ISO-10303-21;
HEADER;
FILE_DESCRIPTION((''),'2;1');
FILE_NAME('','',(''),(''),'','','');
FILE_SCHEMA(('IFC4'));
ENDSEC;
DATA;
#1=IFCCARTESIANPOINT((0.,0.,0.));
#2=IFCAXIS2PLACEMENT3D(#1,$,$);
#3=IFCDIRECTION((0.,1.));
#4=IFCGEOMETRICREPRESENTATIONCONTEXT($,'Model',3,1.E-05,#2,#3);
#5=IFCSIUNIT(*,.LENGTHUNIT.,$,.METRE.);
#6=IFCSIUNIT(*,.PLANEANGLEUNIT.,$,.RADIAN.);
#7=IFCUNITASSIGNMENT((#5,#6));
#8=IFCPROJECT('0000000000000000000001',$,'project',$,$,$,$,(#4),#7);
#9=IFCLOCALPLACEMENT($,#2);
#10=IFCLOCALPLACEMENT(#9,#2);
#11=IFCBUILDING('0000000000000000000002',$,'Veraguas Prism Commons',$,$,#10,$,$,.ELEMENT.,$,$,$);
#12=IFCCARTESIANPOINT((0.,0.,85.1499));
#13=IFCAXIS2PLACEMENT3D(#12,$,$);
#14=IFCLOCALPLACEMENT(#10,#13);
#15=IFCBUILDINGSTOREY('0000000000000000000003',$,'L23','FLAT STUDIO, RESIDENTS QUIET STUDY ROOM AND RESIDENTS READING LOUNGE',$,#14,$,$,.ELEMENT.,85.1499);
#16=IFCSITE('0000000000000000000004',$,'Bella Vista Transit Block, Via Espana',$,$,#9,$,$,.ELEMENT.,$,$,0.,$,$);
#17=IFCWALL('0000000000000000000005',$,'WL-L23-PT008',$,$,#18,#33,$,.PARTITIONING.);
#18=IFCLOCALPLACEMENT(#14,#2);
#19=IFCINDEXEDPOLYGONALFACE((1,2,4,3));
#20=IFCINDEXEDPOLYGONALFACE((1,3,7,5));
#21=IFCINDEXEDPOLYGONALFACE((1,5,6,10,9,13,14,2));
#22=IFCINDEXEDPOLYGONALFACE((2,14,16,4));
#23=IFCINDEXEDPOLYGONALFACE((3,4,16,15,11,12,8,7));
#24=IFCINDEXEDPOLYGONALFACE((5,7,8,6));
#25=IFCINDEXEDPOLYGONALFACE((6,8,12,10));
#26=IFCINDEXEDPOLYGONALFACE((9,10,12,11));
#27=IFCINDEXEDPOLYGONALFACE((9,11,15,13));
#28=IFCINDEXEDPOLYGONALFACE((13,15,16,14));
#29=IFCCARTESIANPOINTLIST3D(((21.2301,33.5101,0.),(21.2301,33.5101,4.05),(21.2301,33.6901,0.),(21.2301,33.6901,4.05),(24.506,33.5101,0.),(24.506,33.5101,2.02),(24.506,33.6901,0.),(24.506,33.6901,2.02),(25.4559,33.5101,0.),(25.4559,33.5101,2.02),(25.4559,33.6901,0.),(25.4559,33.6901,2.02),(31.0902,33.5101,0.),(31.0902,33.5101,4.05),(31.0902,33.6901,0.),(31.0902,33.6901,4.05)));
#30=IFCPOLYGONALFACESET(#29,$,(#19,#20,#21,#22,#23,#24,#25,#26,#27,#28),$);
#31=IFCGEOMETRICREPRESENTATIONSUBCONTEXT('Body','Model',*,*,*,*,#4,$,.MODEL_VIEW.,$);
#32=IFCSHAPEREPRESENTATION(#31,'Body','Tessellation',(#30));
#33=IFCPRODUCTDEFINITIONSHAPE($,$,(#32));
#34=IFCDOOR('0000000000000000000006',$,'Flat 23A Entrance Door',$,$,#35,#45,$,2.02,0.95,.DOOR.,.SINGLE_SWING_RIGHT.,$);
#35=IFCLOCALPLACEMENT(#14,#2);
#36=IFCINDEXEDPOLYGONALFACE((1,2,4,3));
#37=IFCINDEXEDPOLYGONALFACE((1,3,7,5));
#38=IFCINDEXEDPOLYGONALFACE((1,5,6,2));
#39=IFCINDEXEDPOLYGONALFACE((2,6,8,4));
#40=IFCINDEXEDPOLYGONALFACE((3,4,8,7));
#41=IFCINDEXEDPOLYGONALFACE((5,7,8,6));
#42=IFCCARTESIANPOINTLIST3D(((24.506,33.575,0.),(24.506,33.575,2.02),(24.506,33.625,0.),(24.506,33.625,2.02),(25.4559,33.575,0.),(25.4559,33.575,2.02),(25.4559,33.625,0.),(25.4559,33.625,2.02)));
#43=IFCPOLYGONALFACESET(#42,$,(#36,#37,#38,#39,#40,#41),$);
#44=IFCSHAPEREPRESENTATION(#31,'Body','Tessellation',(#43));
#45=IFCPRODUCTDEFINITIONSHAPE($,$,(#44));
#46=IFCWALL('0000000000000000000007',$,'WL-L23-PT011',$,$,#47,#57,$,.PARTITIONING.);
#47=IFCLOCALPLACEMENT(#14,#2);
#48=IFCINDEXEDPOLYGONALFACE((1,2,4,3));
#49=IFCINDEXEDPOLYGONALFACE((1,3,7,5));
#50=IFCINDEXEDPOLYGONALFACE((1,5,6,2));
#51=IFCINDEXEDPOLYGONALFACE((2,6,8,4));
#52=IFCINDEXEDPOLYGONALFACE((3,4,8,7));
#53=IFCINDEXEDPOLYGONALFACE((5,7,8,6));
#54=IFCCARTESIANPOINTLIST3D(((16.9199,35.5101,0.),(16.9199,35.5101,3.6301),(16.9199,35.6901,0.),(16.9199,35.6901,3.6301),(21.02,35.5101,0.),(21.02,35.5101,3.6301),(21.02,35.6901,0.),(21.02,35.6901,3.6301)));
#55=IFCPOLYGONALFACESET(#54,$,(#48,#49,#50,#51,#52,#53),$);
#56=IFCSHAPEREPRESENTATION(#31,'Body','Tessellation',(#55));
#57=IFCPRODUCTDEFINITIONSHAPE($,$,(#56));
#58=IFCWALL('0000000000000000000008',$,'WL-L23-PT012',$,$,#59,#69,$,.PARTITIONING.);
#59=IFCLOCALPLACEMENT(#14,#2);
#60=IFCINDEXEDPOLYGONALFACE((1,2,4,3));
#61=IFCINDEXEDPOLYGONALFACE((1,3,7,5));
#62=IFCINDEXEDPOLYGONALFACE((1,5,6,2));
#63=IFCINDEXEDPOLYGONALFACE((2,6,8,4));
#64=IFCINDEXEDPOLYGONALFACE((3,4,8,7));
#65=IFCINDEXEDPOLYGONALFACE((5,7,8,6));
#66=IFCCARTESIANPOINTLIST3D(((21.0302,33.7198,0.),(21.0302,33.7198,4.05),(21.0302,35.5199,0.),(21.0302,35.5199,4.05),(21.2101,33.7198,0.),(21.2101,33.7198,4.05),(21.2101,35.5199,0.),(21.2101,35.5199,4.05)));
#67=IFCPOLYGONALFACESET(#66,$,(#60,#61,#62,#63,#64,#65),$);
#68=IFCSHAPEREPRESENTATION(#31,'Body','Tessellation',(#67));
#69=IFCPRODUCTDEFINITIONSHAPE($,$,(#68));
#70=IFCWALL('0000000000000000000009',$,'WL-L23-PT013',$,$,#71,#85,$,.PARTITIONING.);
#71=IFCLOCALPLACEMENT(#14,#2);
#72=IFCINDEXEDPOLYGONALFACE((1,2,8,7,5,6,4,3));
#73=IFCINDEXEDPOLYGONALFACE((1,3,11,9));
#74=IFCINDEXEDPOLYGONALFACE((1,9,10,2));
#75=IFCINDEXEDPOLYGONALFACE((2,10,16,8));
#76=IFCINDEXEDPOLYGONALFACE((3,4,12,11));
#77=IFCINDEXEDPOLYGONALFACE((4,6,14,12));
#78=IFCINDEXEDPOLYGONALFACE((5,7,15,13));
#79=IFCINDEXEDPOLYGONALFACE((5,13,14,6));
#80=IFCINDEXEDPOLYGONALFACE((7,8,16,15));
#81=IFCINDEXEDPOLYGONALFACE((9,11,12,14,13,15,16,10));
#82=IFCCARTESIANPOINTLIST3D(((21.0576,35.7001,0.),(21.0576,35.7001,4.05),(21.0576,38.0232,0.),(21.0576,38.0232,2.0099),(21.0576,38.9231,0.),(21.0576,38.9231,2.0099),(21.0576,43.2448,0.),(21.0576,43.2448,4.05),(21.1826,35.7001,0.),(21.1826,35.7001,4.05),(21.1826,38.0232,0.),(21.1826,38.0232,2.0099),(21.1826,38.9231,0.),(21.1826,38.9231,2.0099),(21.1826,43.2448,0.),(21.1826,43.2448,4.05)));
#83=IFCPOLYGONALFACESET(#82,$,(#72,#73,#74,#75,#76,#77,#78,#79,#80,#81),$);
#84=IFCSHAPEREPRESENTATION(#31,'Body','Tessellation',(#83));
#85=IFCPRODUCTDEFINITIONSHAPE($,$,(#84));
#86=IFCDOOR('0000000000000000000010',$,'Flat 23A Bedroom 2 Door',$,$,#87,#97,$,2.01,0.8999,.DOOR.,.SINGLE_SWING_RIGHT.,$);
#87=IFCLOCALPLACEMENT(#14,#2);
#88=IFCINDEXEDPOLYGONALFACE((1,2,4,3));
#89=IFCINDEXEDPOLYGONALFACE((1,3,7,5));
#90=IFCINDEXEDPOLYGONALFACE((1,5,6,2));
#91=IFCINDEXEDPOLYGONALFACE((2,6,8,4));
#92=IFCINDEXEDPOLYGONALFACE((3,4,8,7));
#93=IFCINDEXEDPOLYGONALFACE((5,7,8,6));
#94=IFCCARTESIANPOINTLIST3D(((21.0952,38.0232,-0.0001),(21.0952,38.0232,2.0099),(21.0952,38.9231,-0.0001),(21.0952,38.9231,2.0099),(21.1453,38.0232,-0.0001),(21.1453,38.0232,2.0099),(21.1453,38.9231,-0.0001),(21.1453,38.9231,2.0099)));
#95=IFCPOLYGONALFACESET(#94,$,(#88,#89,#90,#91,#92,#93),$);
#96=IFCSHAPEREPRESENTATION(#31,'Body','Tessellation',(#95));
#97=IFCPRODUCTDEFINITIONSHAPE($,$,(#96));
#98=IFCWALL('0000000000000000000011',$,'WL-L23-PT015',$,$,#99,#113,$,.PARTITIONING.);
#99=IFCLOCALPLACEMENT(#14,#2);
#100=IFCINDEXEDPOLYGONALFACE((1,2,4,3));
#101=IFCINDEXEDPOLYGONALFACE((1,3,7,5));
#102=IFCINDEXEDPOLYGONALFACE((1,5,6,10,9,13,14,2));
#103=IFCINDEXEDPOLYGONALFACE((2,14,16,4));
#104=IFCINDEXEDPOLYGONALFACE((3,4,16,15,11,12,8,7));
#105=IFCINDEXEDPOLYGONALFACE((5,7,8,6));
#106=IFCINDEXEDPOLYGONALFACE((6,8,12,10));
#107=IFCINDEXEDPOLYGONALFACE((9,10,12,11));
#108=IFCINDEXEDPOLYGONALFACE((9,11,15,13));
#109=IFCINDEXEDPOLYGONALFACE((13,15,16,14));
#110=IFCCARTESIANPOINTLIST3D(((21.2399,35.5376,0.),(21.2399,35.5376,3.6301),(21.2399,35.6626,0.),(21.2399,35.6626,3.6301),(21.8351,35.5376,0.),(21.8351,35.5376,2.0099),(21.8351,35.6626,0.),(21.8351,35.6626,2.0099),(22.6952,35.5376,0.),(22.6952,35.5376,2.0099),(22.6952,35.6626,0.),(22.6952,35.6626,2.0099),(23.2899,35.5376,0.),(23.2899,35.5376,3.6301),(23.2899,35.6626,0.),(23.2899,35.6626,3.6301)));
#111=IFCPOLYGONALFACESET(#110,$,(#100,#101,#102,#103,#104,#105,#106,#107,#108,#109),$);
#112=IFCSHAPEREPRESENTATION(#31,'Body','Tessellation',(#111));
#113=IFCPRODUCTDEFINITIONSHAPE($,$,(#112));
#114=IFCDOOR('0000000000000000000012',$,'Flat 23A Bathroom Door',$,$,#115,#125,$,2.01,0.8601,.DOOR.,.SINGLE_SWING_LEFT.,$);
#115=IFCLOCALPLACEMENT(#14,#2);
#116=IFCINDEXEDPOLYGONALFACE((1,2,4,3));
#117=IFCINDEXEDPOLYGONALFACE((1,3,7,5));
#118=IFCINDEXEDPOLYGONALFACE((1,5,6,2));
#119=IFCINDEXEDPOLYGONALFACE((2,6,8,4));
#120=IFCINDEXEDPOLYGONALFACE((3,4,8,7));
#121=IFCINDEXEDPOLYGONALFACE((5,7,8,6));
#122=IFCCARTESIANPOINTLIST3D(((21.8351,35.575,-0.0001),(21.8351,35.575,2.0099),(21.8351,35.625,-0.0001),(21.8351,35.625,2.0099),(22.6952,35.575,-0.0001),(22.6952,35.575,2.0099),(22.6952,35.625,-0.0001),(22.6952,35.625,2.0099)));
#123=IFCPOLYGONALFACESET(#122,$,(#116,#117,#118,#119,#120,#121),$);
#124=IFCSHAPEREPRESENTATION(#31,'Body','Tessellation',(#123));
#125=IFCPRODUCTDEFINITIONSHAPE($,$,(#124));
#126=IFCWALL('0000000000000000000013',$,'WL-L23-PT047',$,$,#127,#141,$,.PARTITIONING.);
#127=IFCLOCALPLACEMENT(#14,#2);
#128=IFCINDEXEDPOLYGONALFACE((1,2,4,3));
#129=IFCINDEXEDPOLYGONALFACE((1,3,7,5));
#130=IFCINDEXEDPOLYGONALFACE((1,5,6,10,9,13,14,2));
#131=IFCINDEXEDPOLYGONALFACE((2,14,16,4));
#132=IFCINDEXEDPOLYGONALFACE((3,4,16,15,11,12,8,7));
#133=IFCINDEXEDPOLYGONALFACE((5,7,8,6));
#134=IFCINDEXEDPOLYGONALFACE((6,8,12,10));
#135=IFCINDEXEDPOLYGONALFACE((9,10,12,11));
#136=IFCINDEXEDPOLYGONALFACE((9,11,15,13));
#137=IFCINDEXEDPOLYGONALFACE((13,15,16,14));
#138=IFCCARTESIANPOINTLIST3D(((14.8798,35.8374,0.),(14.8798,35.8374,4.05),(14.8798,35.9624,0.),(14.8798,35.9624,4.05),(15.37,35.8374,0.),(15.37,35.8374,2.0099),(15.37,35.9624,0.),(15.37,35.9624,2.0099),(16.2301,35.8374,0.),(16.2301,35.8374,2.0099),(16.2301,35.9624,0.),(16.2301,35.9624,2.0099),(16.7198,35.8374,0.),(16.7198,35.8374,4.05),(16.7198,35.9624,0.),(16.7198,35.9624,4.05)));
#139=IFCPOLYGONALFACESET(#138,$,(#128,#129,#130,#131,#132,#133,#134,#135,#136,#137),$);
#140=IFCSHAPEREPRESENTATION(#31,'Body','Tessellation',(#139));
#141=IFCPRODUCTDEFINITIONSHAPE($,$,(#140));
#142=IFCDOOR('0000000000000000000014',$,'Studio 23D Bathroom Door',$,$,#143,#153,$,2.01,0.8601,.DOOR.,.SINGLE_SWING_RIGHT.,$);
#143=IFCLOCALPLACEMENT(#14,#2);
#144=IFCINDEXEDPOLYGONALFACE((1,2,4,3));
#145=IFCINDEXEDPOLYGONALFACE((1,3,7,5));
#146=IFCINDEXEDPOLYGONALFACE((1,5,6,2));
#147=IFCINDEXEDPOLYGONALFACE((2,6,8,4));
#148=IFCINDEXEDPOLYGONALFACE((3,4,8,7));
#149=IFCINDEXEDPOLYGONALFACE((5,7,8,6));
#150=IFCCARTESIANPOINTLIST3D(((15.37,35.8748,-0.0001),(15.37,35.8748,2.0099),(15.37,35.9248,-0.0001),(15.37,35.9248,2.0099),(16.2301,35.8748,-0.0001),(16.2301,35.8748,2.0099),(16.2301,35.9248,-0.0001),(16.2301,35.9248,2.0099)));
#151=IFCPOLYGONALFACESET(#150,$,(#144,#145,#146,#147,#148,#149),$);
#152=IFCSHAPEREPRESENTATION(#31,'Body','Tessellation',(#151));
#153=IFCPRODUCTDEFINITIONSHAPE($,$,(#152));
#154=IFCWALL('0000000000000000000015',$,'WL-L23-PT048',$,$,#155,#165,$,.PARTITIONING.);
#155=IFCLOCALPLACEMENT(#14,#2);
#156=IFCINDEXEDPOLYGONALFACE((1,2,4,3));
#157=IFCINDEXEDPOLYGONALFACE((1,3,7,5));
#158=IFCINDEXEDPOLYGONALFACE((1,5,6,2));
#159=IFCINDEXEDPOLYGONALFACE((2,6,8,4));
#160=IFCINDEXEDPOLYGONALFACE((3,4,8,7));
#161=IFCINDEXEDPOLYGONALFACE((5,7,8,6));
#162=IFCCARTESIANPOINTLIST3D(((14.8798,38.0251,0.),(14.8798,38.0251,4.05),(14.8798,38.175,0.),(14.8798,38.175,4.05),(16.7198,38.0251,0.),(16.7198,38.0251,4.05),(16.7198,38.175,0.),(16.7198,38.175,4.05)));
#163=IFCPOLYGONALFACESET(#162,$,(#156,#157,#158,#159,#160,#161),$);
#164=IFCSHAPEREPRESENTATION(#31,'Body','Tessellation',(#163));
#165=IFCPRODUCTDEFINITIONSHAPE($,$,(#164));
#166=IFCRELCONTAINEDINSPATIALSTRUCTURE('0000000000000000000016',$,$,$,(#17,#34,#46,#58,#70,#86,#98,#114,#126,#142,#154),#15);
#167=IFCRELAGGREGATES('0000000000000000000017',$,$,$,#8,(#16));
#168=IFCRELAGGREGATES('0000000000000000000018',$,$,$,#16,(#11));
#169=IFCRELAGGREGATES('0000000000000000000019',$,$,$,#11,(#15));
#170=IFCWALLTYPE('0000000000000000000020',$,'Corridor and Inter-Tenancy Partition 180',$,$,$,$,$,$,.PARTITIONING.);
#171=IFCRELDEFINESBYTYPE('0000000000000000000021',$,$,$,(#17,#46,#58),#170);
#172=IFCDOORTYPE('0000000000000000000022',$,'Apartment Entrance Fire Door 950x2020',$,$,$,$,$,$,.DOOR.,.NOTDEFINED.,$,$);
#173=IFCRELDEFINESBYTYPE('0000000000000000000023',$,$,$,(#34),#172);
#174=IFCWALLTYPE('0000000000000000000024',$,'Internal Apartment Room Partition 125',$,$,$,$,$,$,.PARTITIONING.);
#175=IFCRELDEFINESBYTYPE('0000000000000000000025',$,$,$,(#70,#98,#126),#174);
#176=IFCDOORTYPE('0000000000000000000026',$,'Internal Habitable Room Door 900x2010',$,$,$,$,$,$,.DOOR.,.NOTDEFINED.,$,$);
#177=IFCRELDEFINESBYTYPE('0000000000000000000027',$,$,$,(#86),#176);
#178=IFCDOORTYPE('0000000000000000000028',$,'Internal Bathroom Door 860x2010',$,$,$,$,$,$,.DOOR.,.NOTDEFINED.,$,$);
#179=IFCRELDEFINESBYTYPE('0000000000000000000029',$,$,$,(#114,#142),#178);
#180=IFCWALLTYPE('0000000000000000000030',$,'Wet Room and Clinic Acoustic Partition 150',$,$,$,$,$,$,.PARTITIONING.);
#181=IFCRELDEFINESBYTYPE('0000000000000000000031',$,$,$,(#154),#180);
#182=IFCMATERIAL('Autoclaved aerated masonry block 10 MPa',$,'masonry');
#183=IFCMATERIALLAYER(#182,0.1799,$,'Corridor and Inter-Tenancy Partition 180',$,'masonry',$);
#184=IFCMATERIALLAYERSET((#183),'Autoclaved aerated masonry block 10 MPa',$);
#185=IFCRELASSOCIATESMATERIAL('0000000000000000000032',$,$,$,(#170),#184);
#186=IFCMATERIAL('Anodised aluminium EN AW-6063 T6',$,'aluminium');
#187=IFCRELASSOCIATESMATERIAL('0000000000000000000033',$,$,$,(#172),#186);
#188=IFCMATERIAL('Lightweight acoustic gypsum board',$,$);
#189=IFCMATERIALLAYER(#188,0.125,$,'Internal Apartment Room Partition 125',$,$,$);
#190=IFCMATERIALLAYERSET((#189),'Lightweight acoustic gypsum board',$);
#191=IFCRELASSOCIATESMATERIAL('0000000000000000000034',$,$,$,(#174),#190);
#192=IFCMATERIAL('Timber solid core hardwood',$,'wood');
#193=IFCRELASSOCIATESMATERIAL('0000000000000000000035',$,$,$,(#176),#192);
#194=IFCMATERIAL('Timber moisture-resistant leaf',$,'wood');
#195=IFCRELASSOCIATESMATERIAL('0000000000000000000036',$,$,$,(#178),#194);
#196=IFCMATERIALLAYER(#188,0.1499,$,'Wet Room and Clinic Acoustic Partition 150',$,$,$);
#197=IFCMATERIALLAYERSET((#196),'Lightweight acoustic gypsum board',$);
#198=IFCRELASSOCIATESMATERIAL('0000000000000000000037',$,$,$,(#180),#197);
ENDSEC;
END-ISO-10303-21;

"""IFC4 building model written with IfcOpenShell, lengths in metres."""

from ifc_helpers import new_model, si_unit, direction, frame, frame_2d, origin, place, context, subcontext, project, spatial, rectangle, extrude, source, transform, mapped, material, layer, layer_set, type_object, element, fill, save


model = new_model("IFC4")

# Units and contexts
model_context = context("Model", 3, precision=1e-05, world=origin(), true_north=direction((0.0, 1.0)))
body_context = subcontext(model_context, "Body", "Model", "MODEL_VIEW")
ifc_project = project(units=[si_unit("LENGTHUNIT", "METRE"), si_unit("PLANEANGLEUNIT", "RADIAN")], contexts=[model_context])

# Site, building, storey
site_placement = place(None, origin())
site = spatial("IfcSite", under=ifc_project, at=site_placement, Name="Bella Vista Transit Block, Via Espana", CompositionType="ELEMENT", RefElevation=0.0)
building_placement = place(site_placement, origin())
building = spatial("IfcBuilding", under=site, at=building_placement, Name="Veraguas Prism Commons", CompositionType="ELEMENT")
storey_placement = place(building_placement, frame((0.0, 0.0, 85.1499)))
storey = spatial("IfcBuildingStorey", under=building, at=storey_placement, Name="L23", Description="FLAT STUDIO, RESIDENTS QUIET STUDY ROOM AND RESIDENTS READING LOUNGE", CompositionType="ELEMENT", Elevation=85.1499)

# Shared definitions
ifc_material_1 = material(Name="Anodised aluminium EN AW-6063 T6", Category="aluminium")

# Shared definitions
ifc_material_2 = material(Name="Autoclaved aerated masonry block 10 MPa", Category="masonry")
ifc_layer_1 = layer(ifc_material_2, 0.1799, Name="Corridor and Inter-Tenancy Partition 180", Category="masonry")
ifc_layer_set_1 = layer_set([ifc_layer_1], Name="Autoclaved aerated masonry block 10 MPa")
wall_type_1 = type_object("IfcWallType", Name="Corridor and Inter-Tenancy Partition 180", PredefinedType="PARTITIONING", material=ifc_layer_set_1)

# Wall, opening, door
wall_1_placement = place(storey_placement, frame((21.23, 33.6001, 0.0), z_axis=(0.0, 0.0, 1.0), x_axis=(1.0, 0.0, 0.0)))
wall_1 = element("IfcWall", 1, at=wall_1_placement, inside=storey, type_object=wall_type_1, Name="WL-L23-PT008", PredefinedType="PARTITIONING", context=body_context, shape_type="SweptSolid", body=[
    extrude(rectangle(XDim=9.8601, YDim=0.1799, at=frame_2d((4.9302, 0.0))), origin(), (0.0, 0.0, 1.0), 4.05),
])
opening_1_placement = place(wall_1_placement, frame((3.2759, 0.0, 0.0)))
opening_1 = element("IfcOpeningElement", 2, at=opening_1_placement, cuts=wall_1, PredefinedType="OPENING", context=body_context, shape_type="SweptSolid", body=[
    extrude(rectangle(XDim=0.95, YDim=2.02, at=frame_2d((0.4751, 1.01))), frame((0.0, 0.0999, 0.0), z_axis=(0.0, -1.0, 0.0), x_axis=(1.0, 0.0, 0.0)), (0.0, 0.0, 1.0), 0.2),
])
door_type_1 = type_object("IfcDoorType", Name="Apartment Entrance Fire Door 950x2020", OperationType="NOTDEFINED", PredefinedType="DOOR", material=ifc_material_1)
shared_shape_1 = source(origin(), body_context, "Body", "SweptSolid", [
    extrude(rectangle(XDim=0.95, YDim=2.02, at=frame_2d((0.4751, 1.01))), frame((0.0, 0.0249, 0.0), z_axis=(0.0, -1.0, 0.0), x_axis=(1.0, 0.0, 0.0)), (0.0, 0.0, 1.0), 0.05),
])
door_1_placement = place(opening_1_placement, origin())
door_1 = element("IfcDoor", 3, at=door_1_placement, inside=storey, type_object=door_type_1, Name="Flat 23A Entrance Door", OperationType="SINGLE_SWING_RIGHT", OverallHeight=2.02, OverallWidth=0.95, PredefinedType="DOOR", context=body_context, shape_type="MappedRepresentation", body=[
    mapped(shared_shape_1, transform((0.0, 0.0, 0.0), scale=1.0)),
])
fill(opening_1, door_1)

# Walls
wall_2_placement = place(storey_placement, frame((16.9199, 35.6001, 0.0), z_axis=(0.0, 0.0, 1.0), x_axis=(1.0, 0.0, 0.0)))
element("IfcWall", 4, at=wall_2_placement, inside=storey, type_object=wall_type_1, Name="WL-L23-PT011", PredefinedType="PARTITIONING", context=body_context, shape_type="SweptSolid", body=[
    extrude(rectangle(XDim=4.1001, YDim=0.1799, at=frame_2d((2.05, 0.0))), origin(), (0.0, 0.0, 1.0), 3.6301),
])
wall_3_placement = place(storey_placement, frame((21.1201, 33.72, 0.0), z_axis=(0.0, 0.0, 1.0), x_axis=(0.0, 1.0, 0.0)))
element("IfcWall", 5, at=wall_3_placement, inside=storey, type_object=wall_type_1, Name="WL-L23-PT012", PredefinedType="PARTITIONING", context=body_context, shape_type="SweptSolid", body=[
    extrude(rectangle(XDim=1.8, YDim=0.1799, at=frame_2d((0.8999, 0.0))), origin(), (0.0, 0.0, 1.0), 4.05),
])

# Walls, openings, doors
ifc_material_3 = material(Name="Lightweight acoustic gypsum board")
ifc_layer_2 = layer(ifc_material_3, 0.125, Name="Internal Apartment Room Partition 125")
ifc_layer_set_2 = layer_set([ifc_layer_2], Name="Lightweight acoustic gypsum board")
wall_type_2 = type_object("IfcWallType", Name="Internal Apartment Room Partition 125", PredefinedType="PARTITIONING", material=ifc_layer_set_2)
wall_4_placement = place(storey_placement, frame((21.1201, 35.7, 0.0), z_axis=(0.0, 0.0, 1.0), x_axis=(0.0, 1.0, 0.0)))
wall_4 = element("IfcWall", 6, at=wall_4_placement, inside=storey, type_object=wall_type_2, Name="WL-L23-PT013", PredefinedType="PARTITIONING", context=body_context, shape_type="SweptSolid", body=[
    extrude(rectangle(XDim=7.5447, YDim=0.125, at=frame_2d((3.7725, 0.0))), origin(), (0.0, 0.0, 1.0), 4.05),
])
opening_2_placement = place(wall_4_placement, frame((2.3232, 0.0, 0.0)))
opening_2 = element("IfcOpeningElement", 7, at=opening_2_placement, cuts=wall_4, PredefinedType="OPENING", context=body_context, shape_type="SweptSolid", body=[
    extrude(rectangle(XDim=0.8999, YDim=2.01, at=frame_2d((0.45, 1.0049))), frame((0.0, 0.0725, 0.0), z_axis=(0.0, -1.0, 0.0), x_axis=(1.0, 0.0, 0.0)), (0.0, 0.0, 1.0), 0.145),
])
ifc_material_4 = material(Name="Timber solid core hardwood", Category="wood")
door_type_2 = type_object("IfcDoorType", Name="Internal Habitable Room Door 900x2010", OperationType="NOTDEFINED", PredefinedType="DOOR", material=ifc_material_4)
shared_shape_2 = source(origin(), body_context, "Body", "SweptSolid", [
    extrude(rectangle(XDim=0.8999, YDim=2.01, at=frame_2d((0.45, 1.0049))), frame((0.0, 0.0249, 0.0), z_axis=(0.0, -1.0, 0.0), x_axis=(1.0, 0.0, 0.0)), (0.0, 0.0, 1.0), 0.05),
])
door_2_placement = place(opening_2_placement, origin())
door_2 = element("IfcDoor", 8, at=door_2_placement, inside=storey, type_object=door_type_2, Name="Flat 23A Bedroom 2 Door", OperationType="SINGLE_SWING_RIGHT", OverallHeight=2.01, OverallWidth=0.8999, PredefinedType="DOOR", context=body_context, shape_type="MappedRepresentation", body=[
    mapped(shared_shape_2, transform((0.0, 0.0, 0.0), scale=1.0)),
])
fill(opening_2, door_2)
wall_5_placement = place(storey_placement, frame((21.24, 35.6001, 0.0), z_axis=(0.0, 0.0, 1.0), x_axis=(1.0, 0.0, 0.0)))
wall_5 = element("IfcWall", 9, at=wall_5_placement, inside=storey, type_object=wall_type_2, Name="WL-L23-PT015", PredefinedType="PARTITIONING", context=body_context, shape_type="SweptSolid", body=[
    extrude(rectangle(XDim=2.05, YDim=0.125, at=frame_2d((1.0249, 0.0))), origin(), (0.0, 0.0, 1.0), 3.6301),
])
opening_3_placement = place(wall_5_placement, frame((0.595, 0.0, 0.0)))
opening_3 = element("IfcOpeningElement", 10, at=opening_3_placement, cuts=wall_5, PredefinedType="OPENING", context=body_context, shape_type="SweptSolid", body=[
    extrude(rectangle(XDim=0.8601, YDim=2.01, at=frame_2d((0.4302, 1.0049))), frame((0.0, 0.0725, 0.0), z_axis=(0.0, -1.0, 0.0), x_axis=(1.0, 0.0, 0.0)), (0.0, 0.0, 1.0), 0.145),
])
ifc_material_5 = material(Name="Timber moisture-resistant leaf", Category="wood")
door_type_3 = type_object("IfcDoorType", Name="Internal Bathroom Door 860x2010", OperationType="NOTDEFINED", PredefinedType="DOOR", material=ifc_material_5)
shared_shape_3 = source(origin(), body_context, "Body", "SweptSolid", [
    extrude(rectangle(XDim=0.8601, YDim=2.01, at=frame_2d((0.4302, 1.0049))), frame((0.0, 0.0249, 0.0), z_axis=(0.0, -1.0, 0.0), x_axis=(1.0, 0.0, 0.0)), (0.0, 0.0, 1.0), 0.05),
])
door_3_placement = place(opening_3_placement, origin())
door_3 = element("IfcDoor", 11, at=door_3_placement, inside=storey, type_object=door_type_3, Name="Flat 23A Bathroom Door", OperationType="SINGLE_SWING_LEFT", OverallHeight=2.01, OverallWidth=0.8601, PredefinedType="DOOR", context=body_context, shape_type="MappedRepresentation", body=[
    mapped(shared_shape_3, transform((0.0, 0.0, 0.0), scale=1.0)),
])
fill(opening_3, door_3)
wall_6_placement = place(storey_placement, frame((14.8799, 35.8999, 0.0), z_axis=(0.0, 0.0, 1.0), x_axis=(1.0, 0.0, 0.0)))
wall_6 = element("IfcWall", 12, at=wall_6_placement, inside=storey, type_object=wall_type_2, Name="WL-L23-PT047", PredefinedType="PARTITIONING", context=body_context, shape_type="SweptSolid", body=[
    extrude(rectangle(XDim=1.8401, YDim=0.125, at=frame_2d((0.9199, 0.0))), origin(), (0.0, 0.0, 1.0), 4.05),
])
opening_4_placement = place(wall_6_placement, frame((0.49, 0.0, 0.0)))
opening_4 = element("IfcOpeningElement", 13, at=opening_4_placement, cuts=wall_6, PredefinedType="OPENING", context=body_context, shape_type="SweptSolid", body=[
    extrude(rectangle(XDim=0.8601, YDim=2.01, at=frame_2d((0.4302, 1.0049))), frame((0.0, 0.0725, 0.0), z_axis=(0.0, -1.0, 0.0), x_axis=(1.0, 0.0, 0.0)), (0.0, 0.0, 1.0), 0.145),
])
door_4_placement = place(opening_4_placement, origin())
door_4 = element("IfcDoor", 14, at=door_4_placement, inside=storey, type_object=door_type_3, Name="Studio 23D Bathroom Door", OperationType="SINGLE_SWING_RIGHT", OverallHeight=2.01, OverallWidth=0.8601, PredefinedType="DOOR", context=body_context, shape_type="MappedRepresentation", body=[
    mapped(shared_shape_3, transform((0.0, 0.0, 0.0), scale=1.0)),
])
fill(opening_4, door_4)

# Wall
ifc_layer_3 = layer(ifc_material_3, 0.1499, Name="Wet Room and Clinic Acoustic Partition 150")
ifc_layer_set_3 = layer_set([ifc_layer_3], Name="Lightweight acoustic gypsum board")
wall_type_3 = type_object("IfcWallType", Name="Wet Room and Clinic Acoustic Partition 150", PredefinedType="PARTITIONING", material=ifc_layer_set_3)
wall_7_placement = place(storey_placement, frame((14.8799, 38.1001, 0.0), z_axis=(0.0, 0.0, 1.0), x_axis=(1.0, 0.0, 0.0)))
element("IfcWall", 15, at=wall_7_placement, inside=storey, type_object=wall_type_3, Name="WL-L23-PT048", PredefinedType="PARTITIONING", context=body_context, shape_type="SweptSolid", body=[
    extrude(rectangle(XDim=1.8401, YDim=0.1499, at=frame_2d((0.9199, 0.0))), origin(), (0.0, 0.0, 1.0), 4.05),
])

save(model, "model.ifc")
